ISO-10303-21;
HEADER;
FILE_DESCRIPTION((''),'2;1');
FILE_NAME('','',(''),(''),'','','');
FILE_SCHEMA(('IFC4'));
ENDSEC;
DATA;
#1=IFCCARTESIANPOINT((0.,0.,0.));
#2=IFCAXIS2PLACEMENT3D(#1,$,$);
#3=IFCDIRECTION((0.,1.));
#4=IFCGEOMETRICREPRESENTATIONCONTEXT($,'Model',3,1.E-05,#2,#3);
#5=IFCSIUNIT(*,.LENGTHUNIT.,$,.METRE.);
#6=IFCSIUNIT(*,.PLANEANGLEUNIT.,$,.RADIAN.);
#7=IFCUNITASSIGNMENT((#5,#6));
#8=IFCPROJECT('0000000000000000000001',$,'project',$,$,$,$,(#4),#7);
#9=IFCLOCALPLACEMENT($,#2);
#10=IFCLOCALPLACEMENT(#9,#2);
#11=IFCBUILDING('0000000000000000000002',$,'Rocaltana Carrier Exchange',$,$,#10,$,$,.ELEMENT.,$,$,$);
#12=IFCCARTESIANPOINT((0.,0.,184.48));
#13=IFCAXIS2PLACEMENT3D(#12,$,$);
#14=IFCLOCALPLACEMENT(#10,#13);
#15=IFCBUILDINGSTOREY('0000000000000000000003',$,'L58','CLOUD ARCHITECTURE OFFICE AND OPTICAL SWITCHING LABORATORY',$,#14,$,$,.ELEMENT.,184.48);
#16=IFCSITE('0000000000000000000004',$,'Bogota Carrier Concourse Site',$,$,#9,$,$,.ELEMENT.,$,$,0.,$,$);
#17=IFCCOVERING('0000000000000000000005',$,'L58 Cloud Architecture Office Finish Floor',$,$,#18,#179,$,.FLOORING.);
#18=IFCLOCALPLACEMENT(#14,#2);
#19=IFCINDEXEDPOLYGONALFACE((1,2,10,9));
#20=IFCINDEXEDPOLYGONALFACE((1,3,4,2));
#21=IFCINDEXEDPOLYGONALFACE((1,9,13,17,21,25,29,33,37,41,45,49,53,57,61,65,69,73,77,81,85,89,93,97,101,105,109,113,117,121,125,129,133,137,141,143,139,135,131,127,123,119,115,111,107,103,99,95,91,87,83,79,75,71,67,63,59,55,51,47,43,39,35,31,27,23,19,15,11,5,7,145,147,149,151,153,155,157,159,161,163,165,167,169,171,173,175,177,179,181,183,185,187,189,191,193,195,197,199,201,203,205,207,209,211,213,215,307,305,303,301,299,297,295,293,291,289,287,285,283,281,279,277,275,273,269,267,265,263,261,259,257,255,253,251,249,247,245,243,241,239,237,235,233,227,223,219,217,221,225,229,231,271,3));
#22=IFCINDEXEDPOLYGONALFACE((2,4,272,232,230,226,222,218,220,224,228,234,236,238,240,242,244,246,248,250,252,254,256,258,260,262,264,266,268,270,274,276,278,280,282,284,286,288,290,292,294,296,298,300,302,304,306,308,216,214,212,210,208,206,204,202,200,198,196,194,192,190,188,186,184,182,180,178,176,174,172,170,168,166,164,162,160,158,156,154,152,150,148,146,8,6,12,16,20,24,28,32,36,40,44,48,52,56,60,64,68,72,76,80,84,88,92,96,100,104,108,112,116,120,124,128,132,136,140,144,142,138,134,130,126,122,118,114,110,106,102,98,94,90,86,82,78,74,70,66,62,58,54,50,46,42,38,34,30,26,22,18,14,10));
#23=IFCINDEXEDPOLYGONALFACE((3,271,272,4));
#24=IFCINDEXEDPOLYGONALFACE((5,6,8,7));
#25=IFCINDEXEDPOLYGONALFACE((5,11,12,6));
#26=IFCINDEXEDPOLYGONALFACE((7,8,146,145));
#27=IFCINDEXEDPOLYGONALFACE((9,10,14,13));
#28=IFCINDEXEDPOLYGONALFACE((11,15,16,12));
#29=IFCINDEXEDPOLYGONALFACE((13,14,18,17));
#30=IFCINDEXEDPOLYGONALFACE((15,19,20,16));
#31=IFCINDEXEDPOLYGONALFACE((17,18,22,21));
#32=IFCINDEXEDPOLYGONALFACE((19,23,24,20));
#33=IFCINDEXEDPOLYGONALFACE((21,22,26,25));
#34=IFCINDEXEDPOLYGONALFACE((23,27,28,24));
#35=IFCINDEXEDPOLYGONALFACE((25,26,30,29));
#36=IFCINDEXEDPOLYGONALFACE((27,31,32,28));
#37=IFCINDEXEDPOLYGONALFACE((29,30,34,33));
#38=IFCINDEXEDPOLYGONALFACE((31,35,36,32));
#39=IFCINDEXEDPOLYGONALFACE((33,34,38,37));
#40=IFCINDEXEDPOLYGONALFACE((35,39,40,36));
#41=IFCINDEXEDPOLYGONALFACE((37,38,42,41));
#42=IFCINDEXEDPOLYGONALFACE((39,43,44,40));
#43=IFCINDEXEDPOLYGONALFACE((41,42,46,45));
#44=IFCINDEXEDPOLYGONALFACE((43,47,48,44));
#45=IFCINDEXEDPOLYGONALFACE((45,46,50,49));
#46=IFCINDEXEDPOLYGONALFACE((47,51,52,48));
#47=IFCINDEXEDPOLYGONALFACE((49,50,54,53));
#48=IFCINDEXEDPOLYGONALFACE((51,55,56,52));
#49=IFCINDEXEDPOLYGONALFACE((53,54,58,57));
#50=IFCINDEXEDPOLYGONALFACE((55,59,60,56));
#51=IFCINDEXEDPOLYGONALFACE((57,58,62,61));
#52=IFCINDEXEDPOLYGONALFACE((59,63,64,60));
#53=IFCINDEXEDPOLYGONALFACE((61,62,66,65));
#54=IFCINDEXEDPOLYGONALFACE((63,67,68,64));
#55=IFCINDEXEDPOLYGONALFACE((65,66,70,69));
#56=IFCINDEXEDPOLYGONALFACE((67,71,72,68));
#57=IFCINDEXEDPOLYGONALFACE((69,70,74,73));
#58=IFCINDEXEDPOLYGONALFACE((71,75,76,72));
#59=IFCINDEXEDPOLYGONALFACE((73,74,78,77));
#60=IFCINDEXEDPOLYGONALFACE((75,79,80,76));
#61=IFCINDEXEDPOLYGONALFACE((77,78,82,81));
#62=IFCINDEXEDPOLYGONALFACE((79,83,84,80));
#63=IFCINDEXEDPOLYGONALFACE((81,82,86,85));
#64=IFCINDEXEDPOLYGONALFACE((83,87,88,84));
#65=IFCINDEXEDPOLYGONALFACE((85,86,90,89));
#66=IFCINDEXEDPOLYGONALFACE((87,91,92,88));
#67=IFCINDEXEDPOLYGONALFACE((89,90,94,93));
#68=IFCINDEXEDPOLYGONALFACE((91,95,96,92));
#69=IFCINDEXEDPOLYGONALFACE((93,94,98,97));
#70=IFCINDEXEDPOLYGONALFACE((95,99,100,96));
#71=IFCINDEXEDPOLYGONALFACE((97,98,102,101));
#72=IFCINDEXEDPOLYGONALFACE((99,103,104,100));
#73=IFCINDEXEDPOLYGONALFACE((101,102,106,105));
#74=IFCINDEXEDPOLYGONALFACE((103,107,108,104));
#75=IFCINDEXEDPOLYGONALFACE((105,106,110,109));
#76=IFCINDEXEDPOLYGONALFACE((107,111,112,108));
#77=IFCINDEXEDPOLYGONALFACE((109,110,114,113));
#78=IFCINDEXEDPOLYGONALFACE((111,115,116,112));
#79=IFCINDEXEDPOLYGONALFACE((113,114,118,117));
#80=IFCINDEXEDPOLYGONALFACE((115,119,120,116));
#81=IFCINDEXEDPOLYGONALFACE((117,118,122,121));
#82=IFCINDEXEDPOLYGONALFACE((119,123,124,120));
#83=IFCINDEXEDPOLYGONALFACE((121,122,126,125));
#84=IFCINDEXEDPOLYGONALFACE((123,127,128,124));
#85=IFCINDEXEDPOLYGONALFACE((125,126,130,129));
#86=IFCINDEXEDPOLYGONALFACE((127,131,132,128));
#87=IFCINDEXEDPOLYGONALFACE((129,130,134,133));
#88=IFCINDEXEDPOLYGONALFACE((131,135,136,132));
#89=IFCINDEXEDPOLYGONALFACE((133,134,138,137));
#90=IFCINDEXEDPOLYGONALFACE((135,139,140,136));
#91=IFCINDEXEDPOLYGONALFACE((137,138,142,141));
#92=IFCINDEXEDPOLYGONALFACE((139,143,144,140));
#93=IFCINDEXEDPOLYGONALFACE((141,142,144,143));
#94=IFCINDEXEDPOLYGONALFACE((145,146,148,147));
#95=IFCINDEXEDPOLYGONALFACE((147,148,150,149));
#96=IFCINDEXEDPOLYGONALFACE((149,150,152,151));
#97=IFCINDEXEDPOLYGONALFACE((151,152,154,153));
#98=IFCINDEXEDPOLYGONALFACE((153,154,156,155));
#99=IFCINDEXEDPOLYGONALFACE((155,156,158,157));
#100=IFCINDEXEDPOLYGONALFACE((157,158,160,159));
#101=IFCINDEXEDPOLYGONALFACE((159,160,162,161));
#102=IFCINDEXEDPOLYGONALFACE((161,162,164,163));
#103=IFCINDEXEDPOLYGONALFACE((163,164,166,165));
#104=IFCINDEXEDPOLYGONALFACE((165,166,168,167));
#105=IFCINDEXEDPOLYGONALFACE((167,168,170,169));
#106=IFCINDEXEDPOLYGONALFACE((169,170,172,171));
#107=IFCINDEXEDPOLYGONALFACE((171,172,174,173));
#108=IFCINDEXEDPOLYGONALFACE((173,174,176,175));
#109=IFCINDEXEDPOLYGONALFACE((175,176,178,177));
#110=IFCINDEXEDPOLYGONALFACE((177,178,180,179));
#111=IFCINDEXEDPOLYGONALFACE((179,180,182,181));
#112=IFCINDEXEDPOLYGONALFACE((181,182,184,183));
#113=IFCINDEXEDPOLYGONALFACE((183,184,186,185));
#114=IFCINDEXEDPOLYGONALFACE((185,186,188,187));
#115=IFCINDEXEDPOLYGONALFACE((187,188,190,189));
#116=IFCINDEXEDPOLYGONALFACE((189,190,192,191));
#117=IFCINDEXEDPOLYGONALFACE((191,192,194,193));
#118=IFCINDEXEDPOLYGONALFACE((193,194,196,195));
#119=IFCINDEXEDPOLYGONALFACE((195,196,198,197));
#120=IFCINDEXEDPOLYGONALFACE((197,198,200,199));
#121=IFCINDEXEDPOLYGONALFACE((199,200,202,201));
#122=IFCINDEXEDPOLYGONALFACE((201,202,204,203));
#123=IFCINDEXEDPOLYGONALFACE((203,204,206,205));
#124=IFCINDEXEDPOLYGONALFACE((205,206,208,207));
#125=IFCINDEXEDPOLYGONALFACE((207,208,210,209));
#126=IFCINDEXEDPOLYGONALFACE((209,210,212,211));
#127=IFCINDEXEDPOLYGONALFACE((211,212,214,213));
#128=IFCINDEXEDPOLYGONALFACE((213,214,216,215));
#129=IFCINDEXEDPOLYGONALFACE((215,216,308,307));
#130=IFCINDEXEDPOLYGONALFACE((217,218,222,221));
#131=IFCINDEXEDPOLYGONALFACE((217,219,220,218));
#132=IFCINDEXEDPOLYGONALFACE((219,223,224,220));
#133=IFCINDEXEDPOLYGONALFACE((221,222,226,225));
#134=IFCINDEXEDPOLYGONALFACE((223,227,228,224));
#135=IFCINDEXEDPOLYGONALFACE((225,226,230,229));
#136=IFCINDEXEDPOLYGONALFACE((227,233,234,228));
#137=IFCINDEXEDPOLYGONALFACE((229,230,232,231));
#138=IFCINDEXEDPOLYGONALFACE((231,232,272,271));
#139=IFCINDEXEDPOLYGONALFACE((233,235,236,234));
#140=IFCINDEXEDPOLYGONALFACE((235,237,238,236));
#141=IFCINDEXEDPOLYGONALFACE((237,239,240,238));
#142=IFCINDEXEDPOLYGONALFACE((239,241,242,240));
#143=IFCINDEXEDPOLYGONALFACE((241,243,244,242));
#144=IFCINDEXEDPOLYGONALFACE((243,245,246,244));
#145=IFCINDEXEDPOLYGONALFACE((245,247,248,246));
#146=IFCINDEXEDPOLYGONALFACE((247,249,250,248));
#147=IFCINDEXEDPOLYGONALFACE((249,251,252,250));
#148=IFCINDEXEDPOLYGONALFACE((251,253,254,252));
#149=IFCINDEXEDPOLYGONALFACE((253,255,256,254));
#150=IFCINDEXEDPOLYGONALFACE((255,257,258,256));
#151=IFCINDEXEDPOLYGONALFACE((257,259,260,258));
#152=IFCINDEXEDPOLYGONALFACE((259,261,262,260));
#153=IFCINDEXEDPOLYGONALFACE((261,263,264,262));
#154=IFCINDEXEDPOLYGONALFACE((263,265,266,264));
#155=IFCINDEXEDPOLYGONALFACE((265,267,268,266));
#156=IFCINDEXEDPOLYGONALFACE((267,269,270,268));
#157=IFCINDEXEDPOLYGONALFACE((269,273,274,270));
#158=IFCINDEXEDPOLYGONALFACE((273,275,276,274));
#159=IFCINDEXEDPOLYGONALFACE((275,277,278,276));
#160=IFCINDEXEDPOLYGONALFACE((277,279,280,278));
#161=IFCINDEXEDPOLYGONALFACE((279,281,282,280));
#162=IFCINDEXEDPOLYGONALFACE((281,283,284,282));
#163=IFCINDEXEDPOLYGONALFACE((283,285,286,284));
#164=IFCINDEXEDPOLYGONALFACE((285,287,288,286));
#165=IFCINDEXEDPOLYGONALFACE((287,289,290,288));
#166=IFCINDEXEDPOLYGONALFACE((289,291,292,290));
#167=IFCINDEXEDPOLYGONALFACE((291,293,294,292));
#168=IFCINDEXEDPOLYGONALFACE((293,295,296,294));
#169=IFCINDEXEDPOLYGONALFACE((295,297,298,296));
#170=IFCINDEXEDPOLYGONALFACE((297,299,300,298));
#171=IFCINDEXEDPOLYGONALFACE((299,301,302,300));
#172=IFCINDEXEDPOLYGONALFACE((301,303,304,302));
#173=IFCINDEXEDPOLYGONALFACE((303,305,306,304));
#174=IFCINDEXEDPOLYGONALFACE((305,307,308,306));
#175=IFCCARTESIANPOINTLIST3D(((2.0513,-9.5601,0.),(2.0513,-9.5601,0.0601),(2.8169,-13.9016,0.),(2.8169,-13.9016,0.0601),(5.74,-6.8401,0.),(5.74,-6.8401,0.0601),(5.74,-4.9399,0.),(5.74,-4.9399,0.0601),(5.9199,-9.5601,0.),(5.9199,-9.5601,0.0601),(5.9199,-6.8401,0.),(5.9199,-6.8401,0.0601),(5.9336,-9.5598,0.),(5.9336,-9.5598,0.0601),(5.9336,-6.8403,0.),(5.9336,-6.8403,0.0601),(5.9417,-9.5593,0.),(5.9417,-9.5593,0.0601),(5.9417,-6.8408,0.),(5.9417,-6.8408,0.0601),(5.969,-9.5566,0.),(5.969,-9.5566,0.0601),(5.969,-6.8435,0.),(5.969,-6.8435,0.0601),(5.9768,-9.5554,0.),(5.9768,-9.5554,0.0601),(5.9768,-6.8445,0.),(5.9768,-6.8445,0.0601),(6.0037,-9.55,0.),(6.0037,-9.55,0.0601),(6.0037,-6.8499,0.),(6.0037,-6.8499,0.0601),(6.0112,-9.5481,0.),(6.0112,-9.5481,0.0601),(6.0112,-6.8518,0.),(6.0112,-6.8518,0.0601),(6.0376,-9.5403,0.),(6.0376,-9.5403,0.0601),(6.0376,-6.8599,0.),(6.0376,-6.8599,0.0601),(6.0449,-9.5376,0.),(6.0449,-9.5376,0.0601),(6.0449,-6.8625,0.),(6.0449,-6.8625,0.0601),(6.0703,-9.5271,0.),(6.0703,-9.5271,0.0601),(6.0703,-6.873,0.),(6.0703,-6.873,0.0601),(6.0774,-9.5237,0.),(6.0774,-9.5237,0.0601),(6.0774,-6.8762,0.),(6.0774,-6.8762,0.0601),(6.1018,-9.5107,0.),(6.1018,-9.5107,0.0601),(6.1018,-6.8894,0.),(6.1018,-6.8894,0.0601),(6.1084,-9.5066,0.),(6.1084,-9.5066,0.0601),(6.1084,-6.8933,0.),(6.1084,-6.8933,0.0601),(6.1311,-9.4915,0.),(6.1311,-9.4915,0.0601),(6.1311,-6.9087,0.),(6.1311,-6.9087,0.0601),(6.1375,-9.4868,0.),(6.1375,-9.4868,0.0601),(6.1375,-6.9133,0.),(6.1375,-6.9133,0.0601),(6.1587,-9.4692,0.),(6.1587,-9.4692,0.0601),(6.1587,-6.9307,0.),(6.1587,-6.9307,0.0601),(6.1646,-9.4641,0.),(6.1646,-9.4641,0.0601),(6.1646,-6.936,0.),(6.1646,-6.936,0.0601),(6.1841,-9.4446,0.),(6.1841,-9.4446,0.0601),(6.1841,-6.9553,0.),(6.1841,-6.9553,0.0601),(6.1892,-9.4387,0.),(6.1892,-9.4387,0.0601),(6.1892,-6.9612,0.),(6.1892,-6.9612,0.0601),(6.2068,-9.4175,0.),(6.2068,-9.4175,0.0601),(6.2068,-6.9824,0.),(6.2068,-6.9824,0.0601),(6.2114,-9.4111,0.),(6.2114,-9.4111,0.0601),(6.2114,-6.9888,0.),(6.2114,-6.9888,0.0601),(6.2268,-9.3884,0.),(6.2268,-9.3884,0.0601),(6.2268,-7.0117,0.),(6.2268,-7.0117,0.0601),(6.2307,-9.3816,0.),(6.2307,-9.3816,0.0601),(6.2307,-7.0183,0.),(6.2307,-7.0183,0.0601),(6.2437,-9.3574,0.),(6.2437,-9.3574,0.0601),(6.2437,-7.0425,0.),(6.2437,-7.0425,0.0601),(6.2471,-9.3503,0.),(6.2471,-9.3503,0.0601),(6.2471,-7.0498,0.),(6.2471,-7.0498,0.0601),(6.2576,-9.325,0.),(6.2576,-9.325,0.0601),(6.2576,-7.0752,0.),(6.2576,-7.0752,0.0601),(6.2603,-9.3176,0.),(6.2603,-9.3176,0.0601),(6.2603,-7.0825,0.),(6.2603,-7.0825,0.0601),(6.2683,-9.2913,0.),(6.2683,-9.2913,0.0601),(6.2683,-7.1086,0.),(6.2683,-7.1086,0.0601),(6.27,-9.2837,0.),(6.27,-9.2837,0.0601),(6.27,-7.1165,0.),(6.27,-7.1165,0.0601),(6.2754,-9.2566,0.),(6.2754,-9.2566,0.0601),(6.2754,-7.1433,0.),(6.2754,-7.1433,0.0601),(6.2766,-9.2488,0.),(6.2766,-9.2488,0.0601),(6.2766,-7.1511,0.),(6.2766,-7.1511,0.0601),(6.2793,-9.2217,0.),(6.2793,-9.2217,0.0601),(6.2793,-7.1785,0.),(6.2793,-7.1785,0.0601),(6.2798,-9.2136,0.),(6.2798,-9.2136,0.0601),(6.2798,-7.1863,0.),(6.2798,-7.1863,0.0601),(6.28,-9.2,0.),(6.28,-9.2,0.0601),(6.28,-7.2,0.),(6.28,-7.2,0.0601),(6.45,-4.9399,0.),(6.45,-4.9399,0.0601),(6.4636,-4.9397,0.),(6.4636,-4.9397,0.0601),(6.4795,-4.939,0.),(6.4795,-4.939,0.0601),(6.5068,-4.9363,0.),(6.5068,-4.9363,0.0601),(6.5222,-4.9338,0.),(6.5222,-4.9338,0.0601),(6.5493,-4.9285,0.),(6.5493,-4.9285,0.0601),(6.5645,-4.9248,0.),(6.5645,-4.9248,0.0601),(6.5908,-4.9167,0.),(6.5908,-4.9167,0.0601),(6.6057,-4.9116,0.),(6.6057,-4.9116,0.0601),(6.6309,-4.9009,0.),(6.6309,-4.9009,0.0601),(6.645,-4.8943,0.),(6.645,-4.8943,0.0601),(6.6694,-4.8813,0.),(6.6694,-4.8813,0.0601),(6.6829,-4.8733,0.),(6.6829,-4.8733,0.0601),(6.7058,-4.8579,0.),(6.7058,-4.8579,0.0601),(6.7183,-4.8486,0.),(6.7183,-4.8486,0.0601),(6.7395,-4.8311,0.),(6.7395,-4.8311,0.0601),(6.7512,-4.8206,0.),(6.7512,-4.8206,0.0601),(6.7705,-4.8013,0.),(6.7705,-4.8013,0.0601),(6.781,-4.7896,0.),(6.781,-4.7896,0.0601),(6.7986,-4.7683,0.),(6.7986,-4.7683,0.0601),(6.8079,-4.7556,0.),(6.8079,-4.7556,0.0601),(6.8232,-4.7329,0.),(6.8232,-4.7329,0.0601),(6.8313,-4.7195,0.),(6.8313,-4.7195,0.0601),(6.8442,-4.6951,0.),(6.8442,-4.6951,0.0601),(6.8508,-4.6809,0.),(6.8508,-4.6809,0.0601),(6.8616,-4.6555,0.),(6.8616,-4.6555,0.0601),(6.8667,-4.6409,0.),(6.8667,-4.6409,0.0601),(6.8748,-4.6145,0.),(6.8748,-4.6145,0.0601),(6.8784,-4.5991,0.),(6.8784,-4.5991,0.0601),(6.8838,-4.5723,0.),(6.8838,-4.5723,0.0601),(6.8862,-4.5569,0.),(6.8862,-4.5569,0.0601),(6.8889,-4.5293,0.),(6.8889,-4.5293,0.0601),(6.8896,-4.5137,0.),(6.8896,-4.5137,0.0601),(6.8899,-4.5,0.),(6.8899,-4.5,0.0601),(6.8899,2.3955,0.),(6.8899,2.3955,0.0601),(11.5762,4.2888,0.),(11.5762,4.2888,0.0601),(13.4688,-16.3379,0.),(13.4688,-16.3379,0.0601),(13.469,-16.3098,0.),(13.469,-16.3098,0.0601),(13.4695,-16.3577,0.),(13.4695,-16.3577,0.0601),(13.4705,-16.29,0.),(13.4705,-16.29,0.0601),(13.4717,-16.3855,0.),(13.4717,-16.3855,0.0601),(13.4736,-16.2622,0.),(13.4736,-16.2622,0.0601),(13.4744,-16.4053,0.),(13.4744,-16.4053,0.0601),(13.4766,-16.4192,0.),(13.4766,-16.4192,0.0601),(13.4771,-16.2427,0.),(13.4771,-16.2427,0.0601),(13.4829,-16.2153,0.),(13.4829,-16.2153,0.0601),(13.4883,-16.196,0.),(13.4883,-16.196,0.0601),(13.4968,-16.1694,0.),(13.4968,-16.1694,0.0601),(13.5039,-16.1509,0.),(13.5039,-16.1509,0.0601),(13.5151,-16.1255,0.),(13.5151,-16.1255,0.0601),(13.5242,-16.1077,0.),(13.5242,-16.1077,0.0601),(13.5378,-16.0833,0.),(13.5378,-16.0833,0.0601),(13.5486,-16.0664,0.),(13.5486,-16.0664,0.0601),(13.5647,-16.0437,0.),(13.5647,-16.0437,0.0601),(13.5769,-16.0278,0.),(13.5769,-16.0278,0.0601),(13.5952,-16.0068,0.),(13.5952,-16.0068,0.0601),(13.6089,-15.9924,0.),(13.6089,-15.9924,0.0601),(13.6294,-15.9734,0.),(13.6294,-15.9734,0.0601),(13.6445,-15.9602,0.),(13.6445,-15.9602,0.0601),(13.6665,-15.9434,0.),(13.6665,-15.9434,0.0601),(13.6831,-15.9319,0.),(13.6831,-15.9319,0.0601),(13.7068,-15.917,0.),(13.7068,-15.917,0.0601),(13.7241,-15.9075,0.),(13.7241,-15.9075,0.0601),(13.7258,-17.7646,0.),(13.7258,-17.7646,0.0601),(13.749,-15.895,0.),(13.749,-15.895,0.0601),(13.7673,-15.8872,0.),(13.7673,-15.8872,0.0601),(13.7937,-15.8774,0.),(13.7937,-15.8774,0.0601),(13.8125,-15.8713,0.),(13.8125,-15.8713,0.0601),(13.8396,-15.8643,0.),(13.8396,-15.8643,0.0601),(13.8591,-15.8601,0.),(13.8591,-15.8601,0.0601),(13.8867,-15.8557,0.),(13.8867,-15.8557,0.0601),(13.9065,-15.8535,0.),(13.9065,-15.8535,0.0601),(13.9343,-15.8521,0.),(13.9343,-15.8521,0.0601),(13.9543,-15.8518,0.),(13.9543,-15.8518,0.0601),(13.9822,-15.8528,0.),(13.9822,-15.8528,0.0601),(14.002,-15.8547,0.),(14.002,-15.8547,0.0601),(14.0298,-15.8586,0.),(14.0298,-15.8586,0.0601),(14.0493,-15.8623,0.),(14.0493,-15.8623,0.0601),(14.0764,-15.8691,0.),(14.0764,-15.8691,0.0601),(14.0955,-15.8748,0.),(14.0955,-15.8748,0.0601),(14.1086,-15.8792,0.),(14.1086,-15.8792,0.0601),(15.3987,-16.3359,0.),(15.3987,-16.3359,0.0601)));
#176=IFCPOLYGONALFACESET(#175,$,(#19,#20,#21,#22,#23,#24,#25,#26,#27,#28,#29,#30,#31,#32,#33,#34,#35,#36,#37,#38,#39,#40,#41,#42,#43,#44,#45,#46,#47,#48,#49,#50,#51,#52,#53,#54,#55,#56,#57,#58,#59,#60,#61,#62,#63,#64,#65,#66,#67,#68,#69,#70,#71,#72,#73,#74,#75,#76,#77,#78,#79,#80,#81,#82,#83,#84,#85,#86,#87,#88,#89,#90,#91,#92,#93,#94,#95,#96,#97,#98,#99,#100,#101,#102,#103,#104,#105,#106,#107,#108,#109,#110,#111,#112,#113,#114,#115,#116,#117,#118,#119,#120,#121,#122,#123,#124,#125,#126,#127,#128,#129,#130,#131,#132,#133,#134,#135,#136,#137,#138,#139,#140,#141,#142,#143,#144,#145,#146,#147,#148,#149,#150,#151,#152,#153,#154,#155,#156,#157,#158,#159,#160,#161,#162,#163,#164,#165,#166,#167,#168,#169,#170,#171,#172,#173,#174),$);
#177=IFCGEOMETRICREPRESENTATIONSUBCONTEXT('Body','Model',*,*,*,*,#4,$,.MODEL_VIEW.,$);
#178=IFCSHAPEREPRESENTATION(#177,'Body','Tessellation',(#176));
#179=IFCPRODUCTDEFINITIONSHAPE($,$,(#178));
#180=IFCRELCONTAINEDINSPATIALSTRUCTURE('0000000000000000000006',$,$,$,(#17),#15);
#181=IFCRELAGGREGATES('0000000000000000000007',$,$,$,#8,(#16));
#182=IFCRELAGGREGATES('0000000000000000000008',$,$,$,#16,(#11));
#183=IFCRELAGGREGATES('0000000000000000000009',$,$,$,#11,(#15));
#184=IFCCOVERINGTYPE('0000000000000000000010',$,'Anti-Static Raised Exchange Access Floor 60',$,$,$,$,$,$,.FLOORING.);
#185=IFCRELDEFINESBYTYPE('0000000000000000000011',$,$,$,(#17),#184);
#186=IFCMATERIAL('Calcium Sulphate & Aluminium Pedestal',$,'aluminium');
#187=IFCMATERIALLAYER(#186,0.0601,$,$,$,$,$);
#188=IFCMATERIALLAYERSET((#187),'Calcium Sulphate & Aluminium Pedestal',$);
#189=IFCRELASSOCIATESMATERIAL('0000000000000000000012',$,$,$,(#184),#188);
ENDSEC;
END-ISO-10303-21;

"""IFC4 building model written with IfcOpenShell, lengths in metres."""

from ifc_helpers import new_model, si_unit, direction, frame, origin, place, context, subcontext, project, spatial, polyline, outline, extrude, material, layer, layer_set, type_object, element, save


model = new_model("IFC4")

# Units and contexts
model_context = context("Model", 3, precision=1e-05, world=origin(), true_north=direction((0.0, 1.0)))
body_context = subcontext(model_context, "Body", "Model", "MODEL_VIEW")
ifc_project = project(units=[si_unit("LENGTHUNIT", "METRE"), si_unit("PLANEANGLEUNIT", "RADIAN")], contexts=[model_context])

# Site, building, storey
site_placement = place(None, origin())
site = spatial("IfcSite", under=ifc_project, at=site_placement, Name="Bogota Carrier Concourse Site", CompositionType="ELEMENT", RefElevation=0.0)
building_placement = place(site_placement, origin())
building = spatial("IfcBuilding", under=site, at=building_placement, Name="Rocaltana Carrier Exchange", CompositionType="ELEMENT")
storey_placement = place(building_placement, frame((0.0, 0.0, 184.48)))
storey = spatial("IfcBuildingStorey", under=building, at=storey_placement, Name="L58", Description="CLOUD ARCHITECTURE OFFICE AND OPTICAL SWITCHING LABORATORY", CompositionType="ELEMENT", Elevation=184.48)

# Covering
ifc_material_1 = material(Name="Calcium Sulphate & Aluminium Pedestal", Category="aluminium")
ifc_layer_1 = layer(ifc_material_1, 0.0601)
ifc_layer_set_1 = layer_set([ifc_layer_1], Name="Calcium Sulphate & Aluminium Pedestal")
covering_type_1 = type_object("IfcCoveringType", Name="Anti-Static Raised Exchange Access Floor 60", PredefinedType="FLOORING", material=ifc_layer_set_1)
covering_1_placement = place(storey_placement, origin())
element("IfcCovering", 1, at=covering_1_placement, inside=storey, type_object=covering_type_1, Name="L58 Cloud Architecture Office Finish Floor", PredefinedType="FLOORING", context=body_context, shape_type="SweptSolid", body=[
    extrude(outline(polyline([(5.74, -6.8401), (5.74, -4.9399), (6.45, -4.9399), (6.4636, -4.9397), (6.4795, -4.939), (6.5068, -4.9363), (6.5222, -4.9338), (6.5493, -4.9285), (6.5645, -4.9248), (6.5908, -4.9167), (6.6057, -4.9116), (6.6309, -4.9009), (6.645, -4.8943), (6.6694, -4.8813), (6.6829, -4.8733), (6.7058, -4.8579), (6.7183, -4.8486), (6.7395, -4.8311), (6.7512, -4.8206), (6.7705, -4.8013), (6.781, -4.7896), (6.7986, -4.7683), (6.8079, -4.7556), (6.8232, -4.7329), (6.8313, -4.7195), (6.8442, -4.6951), (6.8508, -4.6809), (6.8616, -4.6555), (6.8667, -4.6409), (6.8748, -4.6145), (6.8784, -4.5991), (6.8838, -4.5723), (6.8862, -4.5569), (6.8889, -4.5293), (6.8896, -4.5137), (6.8899, -4.5), (6.8899, 2.3955), (11.5762, 4.2888), (15.3987, -16.3359), (14.1086, -15.8792), (14.0955, -15.8748), (14.0764, -15.8691), (14.0493, -15.8623), (14.0298, -15.8586), (14.002, -15.8547), (13.9822, -15.8528), (13.9543, -15.8518), (13.9343, -15.8521), (13.9065, -15.8535), (13.8867, -15.8557), (13.8591, -15.8601), (13.8396, -15.8643), (13.8125, -15.8713), (13.7937, -15.8774), (13.7673, -15.8872), (13.749, -15.895), (13.7241, -15.9075), (13.7068, -15.917), (13.6831, -15.9319), (13.6665, -15.9434), (13.6445, -15.9602), (13.6294, -15.9734), (13.6089, -15.9924), (13.5952, -16.0068), (13.5769, -16.0278), (13.5647, -16.0437), (13.5486, -16.0664), (13.5378, -16.0833), (13.5242, -16.1077), (13.5151, -16.1255), (13.5039, -16.1509), (13.4968, -16.1694), (13.4883, -16.196), (13.4829, -16.2153), (13.4771, -16.2427), (13.4736, -16.2622), (13.4705, -16.29), (13.469, -16.3098), (13.4688, -16.3379), (13.4695, -16.3577), (13.4717, -16.3855), (13.4744, -16.4053), (13.4766, -16.4192), (13.7258, -17.7646), (2.8169, -13.9016), (2.0513, -9.5601), (5.9199, -9.5601), (5.9336, -9.5598), (5.9417, -9.5593), (5.969, -9.5566), (5.9768, -9.5554), (6.0037, -9.55), (6.0112, -9.5481), (6.0376, -9.5403), (6.0449, -9.5376), (6.0703, -9.5271), (6.0774, -9.5237), (6.1018, -9.5107), (6.1084, -9.5066), (6.1311, -9.4915), (6.1375, -9.4868), (6.1587, -9.4692), (6.1646, -9.4641), (6.1841, -9.4446), (6.1892, -9.4387), (6.2068, -9.4175), (6.2114, -9.4111), (6.2268, -9.3884), (6.2307, -9.3816), (6.2437, -9.3574), (6.2471, -9.3503), (6.2576, -9.325), (6.2603, -9.3176), (6.2683, -9.2913), (6.27, -9.2837), (6.2754, -9.2566), (6.2766, -9.2488), (6.2793, -9.2217), (6.2798, -9.2136), (6.28, -9.2), (6.28, -7.2), (6.2798, -7.1863), (6.2793, -7.1785), (6.2766, -7.1511), (6.2754, -7.1433), (6.27, -7.1165), (6.2683, -7.1086), (6.2603, -7.0825), (6.2576, -7.0752), (6.2471, -7.0498), (6.2437, -7.0425), (6.2307, -7.0183), (6.2268, -7.0117), (6.2114, -6.9888), (6.2068, -6.9824), (6.1892, -6.9612), (6.1841, -6.9553), (6.1646, -6.936), (6.1587, -6.9307), (6.1375, -6.9133), (6.1311, -6.9087), (6.1084, -6.8933), (6.1018, -6.8894), (6.0774, -6.8762), (6.0703, -6.873), (6.0449, -6.8625), (6.0376, -6.8599), (6.0112, -6.8518), (6.0037, -6.8499), (5.9768, -6.8445), (5.969, -6.8435), (5.9417, -6.8408), (5.9336, -6.8403), (5.9199, -6.8401), (5.74, -6.8401)])), origin(), (0.0, 0.0, 1.0), 0.0601),
])

save(model, "model.ifc")
